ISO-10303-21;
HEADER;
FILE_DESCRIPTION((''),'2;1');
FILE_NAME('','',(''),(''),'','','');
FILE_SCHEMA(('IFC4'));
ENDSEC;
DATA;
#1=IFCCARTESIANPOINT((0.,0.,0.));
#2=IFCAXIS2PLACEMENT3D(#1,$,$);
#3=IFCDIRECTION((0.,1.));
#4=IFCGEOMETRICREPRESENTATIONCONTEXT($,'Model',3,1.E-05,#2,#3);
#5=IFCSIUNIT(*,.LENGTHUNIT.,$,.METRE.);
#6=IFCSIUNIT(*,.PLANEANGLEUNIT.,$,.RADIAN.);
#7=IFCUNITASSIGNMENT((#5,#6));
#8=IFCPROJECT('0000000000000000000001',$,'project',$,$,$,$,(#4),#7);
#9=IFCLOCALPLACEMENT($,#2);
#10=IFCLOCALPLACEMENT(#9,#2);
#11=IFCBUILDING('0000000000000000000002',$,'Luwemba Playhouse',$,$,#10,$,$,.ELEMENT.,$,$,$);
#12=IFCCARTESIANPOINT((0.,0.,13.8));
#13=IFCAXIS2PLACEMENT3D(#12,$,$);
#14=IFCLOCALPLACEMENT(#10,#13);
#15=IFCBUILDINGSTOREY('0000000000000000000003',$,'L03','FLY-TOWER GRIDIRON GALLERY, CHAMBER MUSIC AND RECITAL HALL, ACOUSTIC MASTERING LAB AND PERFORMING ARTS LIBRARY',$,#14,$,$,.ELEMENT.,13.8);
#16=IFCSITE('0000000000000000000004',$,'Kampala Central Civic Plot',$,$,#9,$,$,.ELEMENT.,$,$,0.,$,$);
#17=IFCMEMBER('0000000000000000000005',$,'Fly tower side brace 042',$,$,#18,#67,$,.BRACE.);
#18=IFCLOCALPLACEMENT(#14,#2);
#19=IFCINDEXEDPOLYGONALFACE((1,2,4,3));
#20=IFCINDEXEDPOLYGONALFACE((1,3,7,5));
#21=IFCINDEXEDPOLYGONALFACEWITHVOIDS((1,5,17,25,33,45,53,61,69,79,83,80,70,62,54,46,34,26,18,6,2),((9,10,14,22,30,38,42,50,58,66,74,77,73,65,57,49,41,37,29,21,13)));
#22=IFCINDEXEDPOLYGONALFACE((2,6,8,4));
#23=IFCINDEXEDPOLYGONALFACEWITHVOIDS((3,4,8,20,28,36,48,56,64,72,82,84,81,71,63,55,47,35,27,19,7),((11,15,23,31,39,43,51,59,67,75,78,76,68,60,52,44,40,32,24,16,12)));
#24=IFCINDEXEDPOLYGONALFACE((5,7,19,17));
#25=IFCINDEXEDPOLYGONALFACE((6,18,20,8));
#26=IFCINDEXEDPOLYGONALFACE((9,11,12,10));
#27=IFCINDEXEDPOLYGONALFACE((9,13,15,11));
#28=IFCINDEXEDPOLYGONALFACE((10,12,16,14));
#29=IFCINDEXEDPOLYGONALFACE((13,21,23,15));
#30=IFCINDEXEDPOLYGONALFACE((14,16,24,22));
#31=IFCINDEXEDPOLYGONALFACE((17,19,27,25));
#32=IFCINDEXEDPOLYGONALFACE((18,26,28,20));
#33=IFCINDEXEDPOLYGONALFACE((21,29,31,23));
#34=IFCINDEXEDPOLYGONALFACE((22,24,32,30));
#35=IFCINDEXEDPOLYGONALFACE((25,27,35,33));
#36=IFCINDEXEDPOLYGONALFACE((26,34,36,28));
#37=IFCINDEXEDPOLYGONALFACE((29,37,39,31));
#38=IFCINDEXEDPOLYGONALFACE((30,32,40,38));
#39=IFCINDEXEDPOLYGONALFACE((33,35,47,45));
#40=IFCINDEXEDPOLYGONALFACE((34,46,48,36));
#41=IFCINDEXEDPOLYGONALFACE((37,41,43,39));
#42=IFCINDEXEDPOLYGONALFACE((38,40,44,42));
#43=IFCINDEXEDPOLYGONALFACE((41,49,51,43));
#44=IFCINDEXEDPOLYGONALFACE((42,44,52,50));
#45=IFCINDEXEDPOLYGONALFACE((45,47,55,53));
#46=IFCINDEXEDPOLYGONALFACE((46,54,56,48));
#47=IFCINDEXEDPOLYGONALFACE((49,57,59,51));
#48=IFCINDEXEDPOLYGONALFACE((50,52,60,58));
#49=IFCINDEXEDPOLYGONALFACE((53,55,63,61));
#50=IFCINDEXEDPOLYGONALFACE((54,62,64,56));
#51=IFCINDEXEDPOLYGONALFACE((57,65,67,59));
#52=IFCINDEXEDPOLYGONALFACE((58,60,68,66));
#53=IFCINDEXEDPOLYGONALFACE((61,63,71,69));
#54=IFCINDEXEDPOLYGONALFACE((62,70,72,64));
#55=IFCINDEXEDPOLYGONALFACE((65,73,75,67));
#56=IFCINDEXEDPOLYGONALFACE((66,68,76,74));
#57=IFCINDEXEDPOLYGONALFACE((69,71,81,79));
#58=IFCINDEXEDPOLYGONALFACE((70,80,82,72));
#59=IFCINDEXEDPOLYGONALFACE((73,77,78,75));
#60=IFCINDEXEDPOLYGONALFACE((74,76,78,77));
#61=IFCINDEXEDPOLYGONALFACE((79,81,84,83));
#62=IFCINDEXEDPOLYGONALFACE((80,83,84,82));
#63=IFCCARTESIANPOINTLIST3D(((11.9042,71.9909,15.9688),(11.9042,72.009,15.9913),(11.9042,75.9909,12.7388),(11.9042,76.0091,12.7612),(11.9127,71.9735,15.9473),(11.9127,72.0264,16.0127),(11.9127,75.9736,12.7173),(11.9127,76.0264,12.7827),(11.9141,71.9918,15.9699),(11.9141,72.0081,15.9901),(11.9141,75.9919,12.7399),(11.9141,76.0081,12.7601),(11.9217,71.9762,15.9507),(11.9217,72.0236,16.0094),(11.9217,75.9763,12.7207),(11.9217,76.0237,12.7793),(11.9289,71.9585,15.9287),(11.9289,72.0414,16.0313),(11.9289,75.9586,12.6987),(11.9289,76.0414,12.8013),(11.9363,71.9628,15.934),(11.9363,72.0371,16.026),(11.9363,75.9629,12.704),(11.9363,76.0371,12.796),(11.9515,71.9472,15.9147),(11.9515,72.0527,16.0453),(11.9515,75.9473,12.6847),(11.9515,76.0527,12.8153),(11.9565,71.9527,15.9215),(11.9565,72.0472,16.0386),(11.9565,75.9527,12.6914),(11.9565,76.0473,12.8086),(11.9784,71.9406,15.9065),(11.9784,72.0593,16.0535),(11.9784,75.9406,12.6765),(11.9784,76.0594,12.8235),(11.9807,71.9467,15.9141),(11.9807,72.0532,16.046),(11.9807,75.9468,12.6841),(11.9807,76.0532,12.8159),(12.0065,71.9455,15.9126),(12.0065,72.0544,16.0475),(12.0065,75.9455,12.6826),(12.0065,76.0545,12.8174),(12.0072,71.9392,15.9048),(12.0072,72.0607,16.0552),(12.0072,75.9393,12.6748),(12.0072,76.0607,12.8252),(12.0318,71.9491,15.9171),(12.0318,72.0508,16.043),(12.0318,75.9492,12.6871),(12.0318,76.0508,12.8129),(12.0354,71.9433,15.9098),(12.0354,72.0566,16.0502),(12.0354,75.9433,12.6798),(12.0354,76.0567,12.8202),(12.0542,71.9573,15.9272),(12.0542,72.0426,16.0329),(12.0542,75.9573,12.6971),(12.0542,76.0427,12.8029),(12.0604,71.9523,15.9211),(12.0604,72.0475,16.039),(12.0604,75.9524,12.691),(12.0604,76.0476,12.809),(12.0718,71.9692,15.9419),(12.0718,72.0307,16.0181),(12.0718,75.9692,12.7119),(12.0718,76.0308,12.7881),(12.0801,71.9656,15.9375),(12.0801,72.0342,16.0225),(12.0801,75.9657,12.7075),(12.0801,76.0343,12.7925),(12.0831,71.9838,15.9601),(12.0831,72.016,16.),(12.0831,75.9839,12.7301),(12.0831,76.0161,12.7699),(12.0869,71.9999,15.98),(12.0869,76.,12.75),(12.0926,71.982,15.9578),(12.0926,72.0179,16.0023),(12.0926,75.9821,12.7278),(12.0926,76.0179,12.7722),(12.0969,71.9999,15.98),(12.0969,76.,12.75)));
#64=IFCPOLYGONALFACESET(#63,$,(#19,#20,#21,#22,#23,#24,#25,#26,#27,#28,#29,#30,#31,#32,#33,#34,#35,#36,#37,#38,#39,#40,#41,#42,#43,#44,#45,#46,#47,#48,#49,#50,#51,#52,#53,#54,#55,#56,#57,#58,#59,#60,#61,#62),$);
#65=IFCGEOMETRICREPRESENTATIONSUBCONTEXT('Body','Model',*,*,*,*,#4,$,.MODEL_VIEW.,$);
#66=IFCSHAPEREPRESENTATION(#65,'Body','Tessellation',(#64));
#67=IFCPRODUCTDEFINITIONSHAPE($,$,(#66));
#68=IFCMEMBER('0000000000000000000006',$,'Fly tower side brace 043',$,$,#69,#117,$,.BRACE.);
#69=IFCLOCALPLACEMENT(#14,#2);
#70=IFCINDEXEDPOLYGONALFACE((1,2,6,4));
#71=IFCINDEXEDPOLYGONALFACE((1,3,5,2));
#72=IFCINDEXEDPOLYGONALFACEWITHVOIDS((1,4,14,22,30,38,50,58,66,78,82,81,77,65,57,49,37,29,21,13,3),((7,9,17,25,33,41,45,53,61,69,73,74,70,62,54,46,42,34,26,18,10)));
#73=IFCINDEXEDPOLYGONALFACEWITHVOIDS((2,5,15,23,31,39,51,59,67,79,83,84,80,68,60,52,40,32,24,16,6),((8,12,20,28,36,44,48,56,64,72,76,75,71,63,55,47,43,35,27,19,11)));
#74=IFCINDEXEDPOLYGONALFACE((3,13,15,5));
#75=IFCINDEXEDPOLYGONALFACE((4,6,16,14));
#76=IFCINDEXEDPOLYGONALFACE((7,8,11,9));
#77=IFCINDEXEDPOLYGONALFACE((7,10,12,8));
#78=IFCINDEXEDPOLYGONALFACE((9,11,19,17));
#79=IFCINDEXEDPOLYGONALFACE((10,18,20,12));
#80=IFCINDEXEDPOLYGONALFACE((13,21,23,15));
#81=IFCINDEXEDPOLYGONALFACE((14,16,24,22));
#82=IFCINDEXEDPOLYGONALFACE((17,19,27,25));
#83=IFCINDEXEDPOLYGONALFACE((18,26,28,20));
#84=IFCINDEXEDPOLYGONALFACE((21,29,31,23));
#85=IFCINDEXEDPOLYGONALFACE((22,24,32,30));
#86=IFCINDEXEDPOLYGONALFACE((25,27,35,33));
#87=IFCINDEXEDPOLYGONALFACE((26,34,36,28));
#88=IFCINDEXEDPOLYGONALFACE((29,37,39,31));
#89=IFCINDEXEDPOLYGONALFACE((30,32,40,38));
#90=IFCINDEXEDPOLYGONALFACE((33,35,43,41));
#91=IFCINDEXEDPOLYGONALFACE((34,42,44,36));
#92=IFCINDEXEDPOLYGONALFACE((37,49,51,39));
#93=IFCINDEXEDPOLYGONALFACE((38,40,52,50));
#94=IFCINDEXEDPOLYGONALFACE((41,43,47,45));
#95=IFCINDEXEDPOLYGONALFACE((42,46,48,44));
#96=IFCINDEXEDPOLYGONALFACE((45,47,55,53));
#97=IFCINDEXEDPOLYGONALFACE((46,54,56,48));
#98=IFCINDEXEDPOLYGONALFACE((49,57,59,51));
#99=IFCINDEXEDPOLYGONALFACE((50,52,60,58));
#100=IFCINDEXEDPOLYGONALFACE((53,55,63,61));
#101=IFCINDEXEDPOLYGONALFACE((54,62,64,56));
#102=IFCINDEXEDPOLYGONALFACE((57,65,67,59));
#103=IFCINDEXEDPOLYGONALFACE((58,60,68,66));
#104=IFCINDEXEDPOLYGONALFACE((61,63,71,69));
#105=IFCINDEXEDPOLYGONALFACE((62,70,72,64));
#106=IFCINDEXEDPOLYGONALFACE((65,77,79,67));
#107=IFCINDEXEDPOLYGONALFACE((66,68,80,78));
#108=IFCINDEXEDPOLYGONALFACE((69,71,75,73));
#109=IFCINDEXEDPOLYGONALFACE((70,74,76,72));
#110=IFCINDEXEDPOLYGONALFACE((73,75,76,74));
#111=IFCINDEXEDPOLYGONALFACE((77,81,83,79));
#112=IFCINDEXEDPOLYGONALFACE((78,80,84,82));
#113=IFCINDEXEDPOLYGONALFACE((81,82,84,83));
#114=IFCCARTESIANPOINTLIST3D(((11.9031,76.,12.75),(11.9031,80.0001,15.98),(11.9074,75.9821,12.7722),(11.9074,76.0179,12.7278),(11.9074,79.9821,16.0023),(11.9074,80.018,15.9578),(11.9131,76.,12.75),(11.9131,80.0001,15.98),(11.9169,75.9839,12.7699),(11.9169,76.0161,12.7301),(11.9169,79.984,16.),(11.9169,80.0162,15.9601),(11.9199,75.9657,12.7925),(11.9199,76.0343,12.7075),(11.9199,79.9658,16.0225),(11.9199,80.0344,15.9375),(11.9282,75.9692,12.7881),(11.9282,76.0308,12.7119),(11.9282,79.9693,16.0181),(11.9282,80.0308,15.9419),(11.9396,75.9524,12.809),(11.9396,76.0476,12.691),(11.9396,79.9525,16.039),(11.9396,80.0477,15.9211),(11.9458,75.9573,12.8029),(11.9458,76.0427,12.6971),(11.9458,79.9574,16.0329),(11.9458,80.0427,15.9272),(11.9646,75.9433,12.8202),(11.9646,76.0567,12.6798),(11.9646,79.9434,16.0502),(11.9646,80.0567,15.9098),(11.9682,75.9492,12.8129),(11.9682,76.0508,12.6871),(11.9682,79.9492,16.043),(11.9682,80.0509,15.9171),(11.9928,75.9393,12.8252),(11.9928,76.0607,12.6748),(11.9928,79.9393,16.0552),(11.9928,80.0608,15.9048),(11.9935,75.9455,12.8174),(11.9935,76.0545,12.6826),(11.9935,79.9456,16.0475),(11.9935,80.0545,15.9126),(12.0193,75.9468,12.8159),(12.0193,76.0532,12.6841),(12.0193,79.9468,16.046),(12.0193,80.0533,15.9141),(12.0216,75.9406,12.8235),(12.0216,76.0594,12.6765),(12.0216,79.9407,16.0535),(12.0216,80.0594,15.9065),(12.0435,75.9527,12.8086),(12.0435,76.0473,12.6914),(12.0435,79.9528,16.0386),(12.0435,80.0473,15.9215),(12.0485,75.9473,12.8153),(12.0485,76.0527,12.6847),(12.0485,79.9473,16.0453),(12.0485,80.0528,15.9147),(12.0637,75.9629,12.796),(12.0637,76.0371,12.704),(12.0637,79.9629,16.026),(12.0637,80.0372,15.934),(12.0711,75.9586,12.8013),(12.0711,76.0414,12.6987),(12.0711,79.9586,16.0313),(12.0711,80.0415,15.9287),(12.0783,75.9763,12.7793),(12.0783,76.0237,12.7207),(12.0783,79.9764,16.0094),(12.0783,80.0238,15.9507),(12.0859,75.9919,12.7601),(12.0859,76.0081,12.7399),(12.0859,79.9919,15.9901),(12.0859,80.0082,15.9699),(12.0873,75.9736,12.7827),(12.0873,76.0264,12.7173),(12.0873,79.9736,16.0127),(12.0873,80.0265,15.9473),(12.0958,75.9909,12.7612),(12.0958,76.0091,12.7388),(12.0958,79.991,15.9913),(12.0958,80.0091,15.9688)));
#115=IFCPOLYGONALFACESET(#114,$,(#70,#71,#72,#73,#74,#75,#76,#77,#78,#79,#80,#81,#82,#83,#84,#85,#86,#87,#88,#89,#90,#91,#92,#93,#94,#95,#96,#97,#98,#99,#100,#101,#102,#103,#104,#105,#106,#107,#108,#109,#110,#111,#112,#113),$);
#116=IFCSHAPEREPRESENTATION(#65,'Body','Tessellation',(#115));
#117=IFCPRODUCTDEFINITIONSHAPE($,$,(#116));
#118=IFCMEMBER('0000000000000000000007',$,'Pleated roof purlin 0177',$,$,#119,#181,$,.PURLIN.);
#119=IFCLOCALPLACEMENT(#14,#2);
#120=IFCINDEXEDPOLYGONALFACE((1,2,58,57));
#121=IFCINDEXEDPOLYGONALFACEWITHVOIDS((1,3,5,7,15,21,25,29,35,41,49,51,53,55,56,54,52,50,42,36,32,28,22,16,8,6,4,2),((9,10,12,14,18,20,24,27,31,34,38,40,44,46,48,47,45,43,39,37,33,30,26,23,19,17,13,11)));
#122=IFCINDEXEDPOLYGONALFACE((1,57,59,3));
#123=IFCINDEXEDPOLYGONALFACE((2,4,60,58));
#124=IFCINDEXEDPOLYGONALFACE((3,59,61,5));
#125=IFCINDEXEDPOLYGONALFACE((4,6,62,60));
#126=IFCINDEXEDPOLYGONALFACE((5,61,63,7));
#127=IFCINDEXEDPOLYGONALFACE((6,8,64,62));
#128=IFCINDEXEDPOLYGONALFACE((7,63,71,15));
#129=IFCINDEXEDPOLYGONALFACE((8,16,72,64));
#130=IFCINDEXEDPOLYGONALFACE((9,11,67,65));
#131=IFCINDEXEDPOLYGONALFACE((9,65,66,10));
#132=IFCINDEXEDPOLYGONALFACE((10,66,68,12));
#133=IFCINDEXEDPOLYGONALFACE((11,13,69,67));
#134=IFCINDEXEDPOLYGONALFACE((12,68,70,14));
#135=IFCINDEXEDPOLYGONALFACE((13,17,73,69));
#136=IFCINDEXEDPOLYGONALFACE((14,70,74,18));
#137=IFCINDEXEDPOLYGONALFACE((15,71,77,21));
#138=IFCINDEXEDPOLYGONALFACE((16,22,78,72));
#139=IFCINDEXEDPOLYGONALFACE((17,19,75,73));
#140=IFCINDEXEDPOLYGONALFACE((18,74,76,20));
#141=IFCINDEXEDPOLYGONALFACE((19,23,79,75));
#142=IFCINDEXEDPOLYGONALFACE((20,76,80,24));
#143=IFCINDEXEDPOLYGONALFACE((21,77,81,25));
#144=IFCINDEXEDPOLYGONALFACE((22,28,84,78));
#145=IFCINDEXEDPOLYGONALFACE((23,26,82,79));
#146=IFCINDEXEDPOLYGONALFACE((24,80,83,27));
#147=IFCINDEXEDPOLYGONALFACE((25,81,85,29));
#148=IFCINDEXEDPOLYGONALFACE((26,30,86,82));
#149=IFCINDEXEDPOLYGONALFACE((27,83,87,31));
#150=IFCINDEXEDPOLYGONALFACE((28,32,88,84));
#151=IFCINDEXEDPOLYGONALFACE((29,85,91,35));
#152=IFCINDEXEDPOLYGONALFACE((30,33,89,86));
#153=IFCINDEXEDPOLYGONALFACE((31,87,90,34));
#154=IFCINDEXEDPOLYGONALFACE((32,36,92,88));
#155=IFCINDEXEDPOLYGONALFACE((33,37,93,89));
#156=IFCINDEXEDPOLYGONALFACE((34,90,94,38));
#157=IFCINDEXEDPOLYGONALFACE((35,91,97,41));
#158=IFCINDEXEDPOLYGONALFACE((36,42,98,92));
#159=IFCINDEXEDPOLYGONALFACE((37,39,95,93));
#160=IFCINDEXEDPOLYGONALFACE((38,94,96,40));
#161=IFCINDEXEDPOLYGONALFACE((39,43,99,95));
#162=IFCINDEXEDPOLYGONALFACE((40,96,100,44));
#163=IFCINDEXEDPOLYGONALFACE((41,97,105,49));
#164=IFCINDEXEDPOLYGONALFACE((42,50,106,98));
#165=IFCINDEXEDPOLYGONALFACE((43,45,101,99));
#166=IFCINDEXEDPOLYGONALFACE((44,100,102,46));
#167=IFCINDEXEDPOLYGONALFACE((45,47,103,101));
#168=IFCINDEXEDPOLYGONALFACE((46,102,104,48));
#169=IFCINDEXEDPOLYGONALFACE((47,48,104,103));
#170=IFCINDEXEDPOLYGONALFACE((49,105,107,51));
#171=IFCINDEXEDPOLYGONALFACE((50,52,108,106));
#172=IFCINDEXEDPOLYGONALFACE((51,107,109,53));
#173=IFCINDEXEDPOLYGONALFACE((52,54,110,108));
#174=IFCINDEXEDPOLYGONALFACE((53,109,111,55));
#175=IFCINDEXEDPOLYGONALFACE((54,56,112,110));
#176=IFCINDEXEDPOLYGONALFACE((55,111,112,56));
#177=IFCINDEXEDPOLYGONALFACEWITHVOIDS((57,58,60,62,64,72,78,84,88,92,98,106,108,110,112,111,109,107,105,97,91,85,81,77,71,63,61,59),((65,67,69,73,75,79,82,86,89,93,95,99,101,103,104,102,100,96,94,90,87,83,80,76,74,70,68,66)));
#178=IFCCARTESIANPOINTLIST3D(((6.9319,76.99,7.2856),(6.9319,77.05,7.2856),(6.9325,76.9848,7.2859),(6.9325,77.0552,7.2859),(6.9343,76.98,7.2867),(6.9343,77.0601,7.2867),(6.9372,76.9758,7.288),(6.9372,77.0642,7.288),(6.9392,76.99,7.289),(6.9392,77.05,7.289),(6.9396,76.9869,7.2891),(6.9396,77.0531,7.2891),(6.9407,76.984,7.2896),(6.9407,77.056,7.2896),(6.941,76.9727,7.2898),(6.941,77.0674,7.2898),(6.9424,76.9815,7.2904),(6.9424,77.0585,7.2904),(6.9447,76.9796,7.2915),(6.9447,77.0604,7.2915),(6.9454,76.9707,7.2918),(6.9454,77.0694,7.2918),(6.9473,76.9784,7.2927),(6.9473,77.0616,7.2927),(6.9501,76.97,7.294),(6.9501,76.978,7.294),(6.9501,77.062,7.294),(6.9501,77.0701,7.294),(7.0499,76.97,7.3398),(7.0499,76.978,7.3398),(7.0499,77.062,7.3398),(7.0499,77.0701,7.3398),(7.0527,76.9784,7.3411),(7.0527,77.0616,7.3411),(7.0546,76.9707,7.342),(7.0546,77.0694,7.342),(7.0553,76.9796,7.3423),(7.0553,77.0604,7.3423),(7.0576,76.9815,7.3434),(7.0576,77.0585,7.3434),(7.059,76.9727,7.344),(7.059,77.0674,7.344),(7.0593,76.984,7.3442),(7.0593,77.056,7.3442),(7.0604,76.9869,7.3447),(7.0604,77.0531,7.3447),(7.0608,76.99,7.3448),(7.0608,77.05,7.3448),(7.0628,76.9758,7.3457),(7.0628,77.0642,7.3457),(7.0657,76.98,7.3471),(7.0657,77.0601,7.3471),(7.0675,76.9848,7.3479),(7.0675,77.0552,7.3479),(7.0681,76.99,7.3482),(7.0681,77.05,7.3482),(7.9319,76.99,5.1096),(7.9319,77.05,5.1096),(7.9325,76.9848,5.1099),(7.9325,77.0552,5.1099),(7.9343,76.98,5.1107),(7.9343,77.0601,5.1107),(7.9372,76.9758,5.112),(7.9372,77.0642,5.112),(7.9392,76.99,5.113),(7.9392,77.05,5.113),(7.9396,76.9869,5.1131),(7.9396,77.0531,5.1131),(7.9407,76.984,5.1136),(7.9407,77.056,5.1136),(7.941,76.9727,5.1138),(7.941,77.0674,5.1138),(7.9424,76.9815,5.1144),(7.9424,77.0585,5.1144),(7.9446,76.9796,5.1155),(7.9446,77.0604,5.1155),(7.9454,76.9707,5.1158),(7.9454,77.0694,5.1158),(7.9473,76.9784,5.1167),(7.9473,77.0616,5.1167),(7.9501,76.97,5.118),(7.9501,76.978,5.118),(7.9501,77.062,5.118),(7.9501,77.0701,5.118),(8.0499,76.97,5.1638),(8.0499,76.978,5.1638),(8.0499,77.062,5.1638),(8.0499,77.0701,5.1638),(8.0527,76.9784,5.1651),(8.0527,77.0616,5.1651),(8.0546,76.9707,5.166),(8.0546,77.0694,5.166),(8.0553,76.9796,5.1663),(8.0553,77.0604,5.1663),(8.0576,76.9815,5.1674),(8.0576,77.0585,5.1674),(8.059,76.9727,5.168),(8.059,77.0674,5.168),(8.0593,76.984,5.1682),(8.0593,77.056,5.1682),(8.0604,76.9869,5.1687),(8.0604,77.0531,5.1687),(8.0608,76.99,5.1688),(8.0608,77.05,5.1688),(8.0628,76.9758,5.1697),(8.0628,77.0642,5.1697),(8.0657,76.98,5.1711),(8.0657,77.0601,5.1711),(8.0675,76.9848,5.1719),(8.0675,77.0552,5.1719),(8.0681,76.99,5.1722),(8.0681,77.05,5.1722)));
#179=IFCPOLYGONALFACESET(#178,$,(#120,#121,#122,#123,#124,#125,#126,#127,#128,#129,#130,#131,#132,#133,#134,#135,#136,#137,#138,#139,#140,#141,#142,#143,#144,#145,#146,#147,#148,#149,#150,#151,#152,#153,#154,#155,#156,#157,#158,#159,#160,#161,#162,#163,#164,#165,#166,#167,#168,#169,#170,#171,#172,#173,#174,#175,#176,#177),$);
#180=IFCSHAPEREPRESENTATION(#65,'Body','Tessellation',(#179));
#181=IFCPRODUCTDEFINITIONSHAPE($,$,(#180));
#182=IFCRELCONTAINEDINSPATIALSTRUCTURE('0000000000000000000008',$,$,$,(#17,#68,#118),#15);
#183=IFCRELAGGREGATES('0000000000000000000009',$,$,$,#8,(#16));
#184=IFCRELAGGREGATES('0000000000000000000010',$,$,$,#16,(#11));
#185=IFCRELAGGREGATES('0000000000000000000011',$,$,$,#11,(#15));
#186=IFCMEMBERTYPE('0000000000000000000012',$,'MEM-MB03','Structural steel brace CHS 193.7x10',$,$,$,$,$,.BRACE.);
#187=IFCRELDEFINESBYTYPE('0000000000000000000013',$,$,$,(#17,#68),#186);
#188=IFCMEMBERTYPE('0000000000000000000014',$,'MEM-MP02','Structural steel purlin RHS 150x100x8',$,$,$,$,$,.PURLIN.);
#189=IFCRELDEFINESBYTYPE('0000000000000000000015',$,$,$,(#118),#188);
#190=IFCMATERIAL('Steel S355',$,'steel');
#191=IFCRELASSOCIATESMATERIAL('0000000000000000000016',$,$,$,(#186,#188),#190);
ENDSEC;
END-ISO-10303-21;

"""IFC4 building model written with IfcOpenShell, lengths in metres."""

from ifc_helpers import new_model, si_unit, direction, frame, origin, origin_2d, place, context, subcontext, project, spatial, hollow_rectangle, hollow_circle, extrude, material, material_profile, profile_set, type_object, element, save


model = new_model("IFC4")

# Units and contexts
model_context = context("Model", 3, precision=1e-05, world=origin(), true_north=direction((0.0, 1.0)))
body_context = subcontext(model_context, "Body", "Model", "MODEL_VIEW")
ifc_project = project(units=[si_unit("LENGTHUNIT", "METRE"), si_unit("PLANEANGLEUNIT", "RADIAN")], contexts=[model_context])

# Site, building, storey
site_placement = place(None, origin())
site = spatial("IfcSite", under=ifc_project, at=site_placement, Name="Kampala Central Civic Plot", CompositionType="ELEMENT", RefElevation=0.0)
building_placement = place(site_placement, origin())
building = spatial("IfcBuilding", under=site, at=building_placement, Name="Luwemba Playhouse", CompositionType="ELEMENT")
storey_placement = place(building_placement, frame((0.0, 0.0, 13.8)))
storey = spatial("IfcBuildingStorey", under=building, at=storey_placement, Name="L03", Description="FLY-TOWER GRIDIRON GALLERY, CHAMBER MUSIC AND RECITAL HALL, ACOUSTIC MASTERING LAB AND PERFORMING ARTS LIBRARY", CompositionType="ELEMENT", Elevation=13.8)

# Shared definitions
ifc_material_1 = material(Name="Steel S355", Category="steel")

# Members
ifc_material_profile_1 = material_profile(ifc_material_1, hollow_circle(Radius=0.0969, WallThickness=0.01, at=origin_2d()))
ifc_profile_set_1 = profile_set([ifc_material_profile_1], Name="Steel S355")
member_type_1 = type_object("IfcMemberType", Name="MEM-MB03", Description="Structural steel brace CHS 193.7x10", PredefinedType="BRACE", material=ifc_profile_set_1)
for number, where, z_axis, x_axis, name in (
    (1, (12.0, 76.0, 12.75), (0.0, -0.778016, 0.628244), (1.0, 0.0, 0.0), "Fly tower side brace 042"),
    (2, (12.0, 76.0, 12.75), (0.0, 0.778016, 0.628244), (-1.0, 0.0, 0.0), "Fly tower side brace 043"),
):
    element("IfcMember", number, at=place(storey_placement, frame(where, z_axis=z_axis, x_axis=x_axis)), inside=storey, type_object=member_type_1, Name=name, PredefinedType="BRACE", context=body_context, shape_type="SweptSolid", body=[
        extrude(hollow_circle(Radius=0.0969, WallThickness=0.01, at=origin_2d()), origin(), (0.0, 0.0, 1.0), 5.1414),
    ])
ifc_material_profile_2 = material_profile(ifc_material_1, hollow_rectangle(XDim=0.1001, YDim=0.1499, WallThickness=0.0081, InnerFilletRadius=0.012, OuterFilletRadius=0.02, at=origin_2d()))
ifc_profile_set_2 = profile_set([ifc_material_profile_2], Name="Steel S355")
member_type_2 = type_object("IfcMemberType", Name="MEM-MP02", Description="Structural steel purlin RHS 150x100x8", PredefinedType="PURLIN", material=ifc_profile_set_2)
for number, where, z_axis, x_axis, name in (
    (3, (7.0, 77.02, 7.3169), (0.417571, 0.0, -0.908644), (0.0, 1.0, 0.0), "Pleated roof purlin 0177"),
):
    element("IfcMember", number, at=place(storey_placement, frame(where, z_axis=z_axis, x_axis=x_axis)), inside=storey, type_object=member_type_2, Name=name, PredefinedType="PURLIN", context=body_context, shape_type="SweptSolid", body=[
        extrude(hollow_rectangle(XDim=0.1001, YDim=0.1499, WallThickness=0.0081, InnerFilletRadius=0.012, OuterFilletRadius=0.02, at=origin_2d()), origin(), (0.0, 0.0, 1.0), 2.3948),
    ])

save(model, "model.ifc")
